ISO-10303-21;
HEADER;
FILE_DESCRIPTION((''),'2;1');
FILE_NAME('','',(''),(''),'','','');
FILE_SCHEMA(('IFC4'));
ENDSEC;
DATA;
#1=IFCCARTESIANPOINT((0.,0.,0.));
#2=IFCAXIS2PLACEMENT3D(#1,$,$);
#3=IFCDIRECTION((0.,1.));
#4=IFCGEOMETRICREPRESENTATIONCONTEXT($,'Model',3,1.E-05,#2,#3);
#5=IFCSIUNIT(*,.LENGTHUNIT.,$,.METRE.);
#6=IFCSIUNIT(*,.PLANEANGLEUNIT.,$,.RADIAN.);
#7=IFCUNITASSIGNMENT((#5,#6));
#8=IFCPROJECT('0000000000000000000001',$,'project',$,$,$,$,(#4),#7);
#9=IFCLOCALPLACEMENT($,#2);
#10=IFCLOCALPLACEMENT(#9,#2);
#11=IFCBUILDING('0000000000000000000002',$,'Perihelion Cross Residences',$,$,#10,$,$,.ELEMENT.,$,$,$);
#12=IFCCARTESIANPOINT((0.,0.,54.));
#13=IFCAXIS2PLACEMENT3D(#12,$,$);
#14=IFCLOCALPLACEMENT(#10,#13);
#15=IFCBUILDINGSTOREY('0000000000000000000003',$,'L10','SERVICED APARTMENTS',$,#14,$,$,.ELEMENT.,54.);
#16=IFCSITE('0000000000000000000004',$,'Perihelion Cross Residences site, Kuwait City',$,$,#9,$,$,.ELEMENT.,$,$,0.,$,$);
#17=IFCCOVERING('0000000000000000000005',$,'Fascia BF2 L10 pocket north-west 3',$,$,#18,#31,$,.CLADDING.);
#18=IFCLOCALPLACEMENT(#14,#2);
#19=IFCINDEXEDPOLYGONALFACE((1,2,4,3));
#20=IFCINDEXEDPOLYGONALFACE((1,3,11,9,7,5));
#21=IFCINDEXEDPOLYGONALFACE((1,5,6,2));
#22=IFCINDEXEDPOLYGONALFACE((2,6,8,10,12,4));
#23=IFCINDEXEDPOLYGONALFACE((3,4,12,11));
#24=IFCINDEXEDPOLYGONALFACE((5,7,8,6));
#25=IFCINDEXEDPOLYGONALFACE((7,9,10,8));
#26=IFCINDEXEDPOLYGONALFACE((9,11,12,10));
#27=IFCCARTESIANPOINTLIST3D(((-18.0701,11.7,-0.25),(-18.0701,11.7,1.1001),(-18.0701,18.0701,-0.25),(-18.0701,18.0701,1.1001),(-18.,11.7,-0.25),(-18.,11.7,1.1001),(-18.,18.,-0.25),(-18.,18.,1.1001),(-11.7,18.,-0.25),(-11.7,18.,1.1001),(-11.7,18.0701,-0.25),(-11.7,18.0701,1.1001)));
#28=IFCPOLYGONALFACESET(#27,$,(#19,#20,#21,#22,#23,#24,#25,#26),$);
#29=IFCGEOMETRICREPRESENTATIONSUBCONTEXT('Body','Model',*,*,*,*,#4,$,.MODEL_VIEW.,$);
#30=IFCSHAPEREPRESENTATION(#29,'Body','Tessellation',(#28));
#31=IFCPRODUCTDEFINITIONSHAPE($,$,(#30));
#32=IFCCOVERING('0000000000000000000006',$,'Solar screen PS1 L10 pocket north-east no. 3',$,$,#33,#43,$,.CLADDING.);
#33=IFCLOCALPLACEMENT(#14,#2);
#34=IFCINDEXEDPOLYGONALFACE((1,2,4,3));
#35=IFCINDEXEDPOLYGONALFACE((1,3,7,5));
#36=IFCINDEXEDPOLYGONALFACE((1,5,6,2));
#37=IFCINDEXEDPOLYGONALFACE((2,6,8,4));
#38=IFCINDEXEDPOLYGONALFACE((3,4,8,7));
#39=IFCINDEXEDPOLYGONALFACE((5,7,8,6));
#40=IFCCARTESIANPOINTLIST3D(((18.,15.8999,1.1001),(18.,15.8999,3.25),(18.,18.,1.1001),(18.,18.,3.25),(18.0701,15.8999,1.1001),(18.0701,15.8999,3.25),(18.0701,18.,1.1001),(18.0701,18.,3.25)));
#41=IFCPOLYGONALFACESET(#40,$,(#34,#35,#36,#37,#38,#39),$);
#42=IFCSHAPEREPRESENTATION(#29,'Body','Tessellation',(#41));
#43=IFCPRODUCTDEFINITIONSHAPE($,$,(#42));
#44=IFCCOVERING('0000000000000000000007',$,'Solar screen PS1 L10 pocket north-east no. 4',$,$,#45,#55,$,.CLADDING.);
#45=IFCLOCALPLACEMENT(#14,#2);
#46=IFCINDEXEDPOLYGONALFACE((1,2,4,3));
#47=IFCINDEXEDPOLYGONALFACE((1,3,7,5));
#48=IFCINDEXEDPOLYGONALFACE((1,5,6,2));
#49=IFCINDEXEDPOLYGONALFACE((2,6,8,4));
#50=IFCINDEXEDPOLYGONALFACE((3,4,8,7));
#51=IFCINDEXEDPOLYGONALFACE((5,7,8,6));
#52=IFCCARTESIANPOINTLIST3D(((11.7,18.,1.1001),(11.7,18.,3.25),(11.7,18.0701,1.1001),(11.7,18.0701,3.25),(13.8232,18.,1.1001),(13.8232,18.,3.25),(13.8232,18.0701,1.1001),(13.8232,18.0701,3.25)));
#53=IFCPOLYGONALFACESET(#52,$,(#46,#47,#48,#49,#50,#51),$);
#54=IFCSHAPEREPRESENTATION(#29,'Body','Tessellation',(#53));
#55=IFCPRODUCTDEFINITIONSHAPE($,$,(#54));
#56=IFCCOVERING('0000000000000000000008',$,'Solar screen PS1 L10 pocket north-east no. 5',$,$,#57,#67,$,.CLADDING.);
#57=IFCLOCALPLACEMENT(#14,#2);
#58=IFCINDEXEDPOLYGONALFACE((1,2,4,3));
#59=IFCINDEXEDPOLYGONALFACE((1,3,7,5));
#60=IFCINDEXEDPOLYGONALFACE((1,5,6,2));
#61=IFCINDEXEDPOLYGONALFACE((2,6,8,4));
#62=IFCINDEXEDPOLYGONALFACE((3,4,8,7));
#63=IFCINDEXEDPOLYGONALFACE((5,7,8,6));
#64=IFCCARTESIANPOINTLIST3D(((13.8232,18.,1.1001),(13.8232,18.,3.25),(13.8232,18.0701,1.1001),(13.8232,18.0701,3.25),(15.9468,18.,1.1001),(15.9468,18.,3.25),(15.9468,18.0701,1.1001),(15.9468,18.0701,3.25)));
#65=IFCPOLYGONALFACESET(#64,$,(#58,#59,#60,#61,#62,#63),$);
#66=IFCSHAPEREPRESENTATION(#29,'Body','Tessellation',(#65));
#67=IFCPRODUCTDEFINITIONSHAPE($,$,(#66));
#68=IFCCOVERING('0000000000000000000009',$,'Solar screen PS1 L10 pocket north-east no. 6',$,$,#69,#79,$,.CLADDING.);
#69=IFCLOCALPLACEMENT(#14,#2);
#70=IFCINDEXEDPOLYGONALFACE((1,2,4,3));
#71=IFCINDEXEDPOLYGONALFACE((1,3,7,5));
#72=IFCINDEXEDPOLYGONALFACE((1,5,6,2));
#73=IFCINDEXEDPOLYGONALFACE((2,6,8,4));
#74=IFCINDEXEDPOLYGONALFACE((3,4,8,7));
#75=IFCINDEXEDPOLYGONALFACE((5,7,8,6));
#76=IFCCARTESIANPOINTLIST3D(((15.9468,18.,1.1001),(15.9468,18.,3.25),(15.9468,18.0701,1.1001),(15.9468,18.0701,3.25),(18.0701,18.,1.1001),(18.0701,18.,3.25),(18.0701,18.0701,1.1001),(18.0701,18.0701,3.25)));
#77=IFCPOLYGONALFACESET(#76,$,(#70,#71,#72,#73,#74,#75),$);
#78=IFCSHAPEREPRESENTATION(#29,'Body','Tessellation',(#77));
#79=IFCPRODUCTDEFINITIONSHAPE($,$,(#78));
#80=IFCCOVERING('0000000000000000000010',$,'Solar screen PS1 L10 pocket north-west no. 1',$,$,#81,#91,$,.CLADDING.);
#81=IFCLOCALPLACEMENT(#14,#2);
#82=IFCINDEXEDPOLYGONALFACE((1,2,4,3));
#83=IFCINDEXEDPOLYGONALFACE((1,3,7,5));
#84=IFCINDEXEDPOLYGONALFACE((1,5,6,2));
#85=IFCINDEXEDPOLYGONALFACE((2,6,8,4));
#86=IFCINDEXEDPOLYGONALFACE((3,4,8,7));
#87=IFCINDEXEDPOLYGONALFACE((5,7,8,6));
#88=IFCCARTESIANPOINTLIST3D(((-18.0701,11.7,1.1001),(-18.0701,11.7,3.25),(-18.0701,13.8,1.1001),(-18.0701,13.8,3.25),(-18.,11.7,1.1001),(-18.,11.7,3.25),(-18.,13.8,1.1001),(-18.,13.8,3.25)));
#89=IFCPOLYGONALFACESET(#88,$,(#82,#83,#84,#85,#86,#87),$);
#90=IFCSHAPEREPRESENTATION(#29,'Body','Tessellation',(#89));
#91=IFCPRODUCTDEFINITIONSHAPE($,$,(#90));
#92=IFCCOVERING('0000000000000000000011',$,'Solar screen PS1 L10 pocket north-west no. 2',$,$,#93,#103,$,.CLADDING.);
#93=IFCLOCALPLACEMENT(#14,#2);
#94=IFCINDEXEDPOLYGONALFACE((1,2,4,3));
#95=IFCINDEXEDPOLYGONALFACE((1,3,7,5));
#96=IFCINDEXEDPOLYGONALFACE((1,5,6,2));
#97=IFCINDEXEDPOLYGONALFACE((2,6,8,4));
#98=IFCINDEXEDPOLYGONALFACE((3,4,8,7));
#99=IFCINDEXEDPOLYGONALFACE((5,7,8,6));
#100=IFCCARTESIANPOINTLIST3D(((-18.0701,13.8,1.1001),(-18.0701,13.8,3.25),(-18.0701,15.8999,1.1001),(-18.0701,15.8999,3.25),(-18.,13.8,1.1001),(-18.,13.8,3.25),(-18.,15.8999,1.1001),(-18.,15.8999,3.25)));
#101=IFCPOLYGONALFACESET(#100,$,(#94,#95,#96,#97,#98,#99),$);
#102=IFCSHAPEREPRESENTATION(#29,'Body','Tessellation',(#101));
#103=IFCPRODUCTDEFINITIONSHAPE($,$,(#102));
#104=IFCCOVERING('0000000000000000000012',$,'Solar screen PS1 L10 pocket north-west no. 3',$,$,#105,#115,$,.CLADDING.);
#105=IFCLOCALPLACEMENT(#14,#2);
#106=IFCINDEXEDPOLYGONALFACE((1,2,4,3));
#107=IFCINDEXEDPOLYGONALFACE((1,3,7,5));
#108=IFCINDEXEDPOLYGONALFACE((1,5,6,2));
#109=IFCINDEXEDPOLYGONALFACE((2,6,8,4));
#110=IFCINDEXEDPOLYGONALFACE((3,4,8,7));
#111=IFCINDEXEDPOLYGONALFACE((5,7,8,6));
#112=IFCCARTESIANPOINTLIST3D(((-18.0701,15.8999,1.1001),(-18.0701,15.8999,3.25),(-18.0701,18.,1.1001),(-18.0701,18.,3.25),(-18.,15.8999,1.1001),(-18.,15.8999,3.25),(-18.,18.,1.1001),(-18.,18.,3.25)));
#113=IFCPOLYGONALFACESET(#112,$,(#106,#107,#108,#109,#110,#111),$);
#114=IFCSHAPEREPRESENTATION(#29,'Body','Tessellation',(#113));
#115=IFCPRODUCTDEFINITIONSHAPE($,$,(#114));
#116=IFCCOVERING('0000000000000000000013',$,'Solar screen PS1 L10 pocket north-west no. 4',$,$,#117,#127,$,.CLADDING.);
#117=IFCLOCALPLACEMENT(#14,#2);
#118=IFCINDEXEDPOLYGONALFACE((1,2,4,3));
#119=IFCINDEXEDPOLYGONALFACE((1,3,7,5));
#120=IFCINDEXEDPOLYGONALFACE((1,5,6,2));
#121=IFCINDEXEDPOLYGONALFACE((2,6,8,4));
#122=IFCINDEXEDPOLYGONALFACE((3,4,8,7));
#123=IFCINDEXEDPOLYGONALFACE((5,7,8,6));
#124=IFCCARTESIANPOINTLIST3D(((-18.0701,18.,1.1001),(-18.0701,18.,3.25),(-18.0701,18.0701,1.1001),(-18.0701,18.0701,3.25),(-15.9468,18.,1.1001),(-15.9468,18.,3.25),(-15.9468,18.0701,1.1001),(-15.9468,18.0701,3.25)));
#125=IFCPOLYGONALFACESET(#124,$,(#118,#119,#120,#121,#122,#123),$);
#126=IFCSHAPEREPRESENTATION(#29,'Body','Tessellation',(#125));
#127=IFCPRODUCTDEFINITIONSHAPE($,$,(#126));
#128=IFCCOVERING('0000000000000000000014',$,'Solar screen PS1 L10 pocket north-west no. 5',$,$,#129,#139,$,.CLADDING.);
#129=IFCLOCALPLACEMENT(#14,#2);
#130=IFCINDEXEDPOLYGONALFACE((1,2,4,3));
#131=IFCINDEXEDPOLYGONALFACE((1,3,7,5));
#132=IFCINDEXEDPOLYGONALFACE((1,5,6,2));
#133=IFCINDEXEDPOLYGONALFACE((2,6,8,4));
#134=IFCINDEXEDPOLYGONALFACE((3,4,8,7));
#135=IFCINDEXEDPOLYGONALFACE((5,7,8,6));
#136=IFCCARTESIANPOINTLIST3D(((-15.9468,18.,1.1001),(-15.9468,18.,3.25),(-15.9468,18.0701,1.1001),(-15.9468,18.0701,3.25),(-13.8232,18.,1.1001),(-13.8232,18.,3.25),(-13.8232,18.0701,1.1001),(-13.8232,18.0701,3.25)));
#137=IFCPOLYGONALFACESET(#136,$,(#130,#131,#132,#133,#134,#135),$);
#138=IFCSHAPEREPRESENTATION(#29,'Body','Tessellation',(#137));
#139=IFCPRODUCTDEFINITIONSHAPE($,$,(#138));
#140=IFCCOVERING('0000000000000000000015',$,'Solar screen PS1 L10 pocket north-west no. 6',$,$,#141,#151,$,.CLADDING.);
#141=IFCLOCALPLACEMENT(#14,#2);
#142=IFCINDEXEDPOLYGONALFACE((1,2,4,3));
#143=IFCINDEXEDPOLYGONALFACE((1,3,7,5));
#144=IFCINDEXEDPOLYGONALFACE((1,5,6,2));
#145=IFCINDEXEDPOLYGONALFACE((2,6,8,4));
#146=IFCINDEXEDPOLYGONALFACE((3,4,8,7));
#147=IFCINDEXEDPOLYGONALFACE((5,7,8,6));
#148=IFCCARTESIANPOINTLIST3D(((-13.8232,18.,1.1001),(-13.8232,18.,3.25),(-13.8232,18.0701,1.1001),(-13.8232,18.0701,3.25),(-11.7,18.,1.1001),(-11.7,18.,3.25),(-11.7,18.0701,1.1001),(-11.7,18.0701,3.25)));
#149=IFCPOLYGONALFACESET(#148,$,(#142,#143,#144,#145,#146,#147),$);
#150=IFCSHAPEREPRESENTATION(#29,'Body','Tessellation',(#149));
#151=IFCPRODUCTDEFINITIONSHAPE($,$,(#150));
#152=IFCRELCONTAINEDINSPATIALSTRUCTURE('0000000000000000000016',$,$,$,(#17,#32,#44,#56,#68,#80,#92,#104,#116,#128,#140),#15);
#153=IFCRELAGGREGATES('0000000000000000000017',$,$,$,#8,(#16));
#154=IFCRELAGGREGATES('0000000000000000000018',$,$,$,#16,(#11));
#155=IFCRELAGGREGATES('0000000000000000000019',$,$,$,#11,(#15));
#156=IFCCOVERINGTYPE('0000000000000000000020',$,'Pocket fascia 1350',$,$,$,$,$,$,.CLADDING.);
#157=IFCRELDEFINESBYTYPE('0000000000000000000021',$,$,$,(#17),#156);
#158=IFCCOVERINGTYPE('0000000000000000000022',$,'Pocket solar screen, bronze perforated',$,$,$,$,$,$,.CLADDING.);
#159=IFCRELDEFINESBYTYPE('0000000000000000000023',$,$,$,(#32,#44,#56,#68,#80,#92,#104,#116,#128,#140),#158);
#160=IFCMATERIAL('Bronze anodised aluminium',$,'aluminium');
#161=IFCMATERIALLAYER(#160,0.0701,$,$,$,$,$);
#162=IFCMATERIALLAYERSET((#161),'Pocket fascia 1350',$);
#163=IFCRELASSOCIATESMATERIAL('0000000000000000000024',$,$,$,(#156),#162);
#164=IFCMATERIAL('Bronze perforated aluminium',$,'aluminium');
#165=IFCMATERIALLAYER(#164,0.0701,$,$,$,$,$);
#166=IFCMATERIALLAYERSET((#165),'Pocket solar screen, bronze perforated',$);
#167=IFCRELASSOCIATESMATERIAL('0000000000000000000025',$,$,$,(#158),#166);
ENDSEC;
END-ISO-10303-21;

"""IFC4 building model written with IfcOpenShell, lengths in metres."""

from ifc_helpers import new_model, si_unit, direction, frame, origin, place, context, subcontext, project, spatial, polyline, outline, extrude, material, layer, layer_set, type_object, element, save


model = new_model("IFC4")

# Units and contexts
model_context = context("Model", 3, precision=1e-05, world=origin(), true_north=direction((0.0, 1.0)))
body_context = subcontext(model_context, "Body", "Model", "MODEL_VIEW")
ifc_project = project(units=[si_unit("LENGTHUNIT", "METRE"), si_unit("PLANEANGLEUNIT", "RADIAN")], contexts=[model_context])

# Site, building, storey
site_placement = place(None, origin())
site = spatial("IfcSite", under=ifc_project, at=site_placement, Name="Perihelion Cross Residences site, Kuwait City", CompositionType="ELEMENT", RefElevation=0.0)
building_placement = place(site_placement, origin())
building = spatial("IfcBuilding", under=site, at=building_placement, Name="Perihelion Cross Residences", CompositionType="ELEMENT")
storey_placement = place(building_placement, frame((0.0, 0.0, 54.0)))
storey = spatial("IfcBuildingStorey", under=building, at=storey_placement, Name="L10", Description="SERVICED APARTMENTS", CompositionType="ELEMENT", Elevation=54.0)

# Coverings
ifc_material_1 = material(Name="Bronze anodised aluminium", Category="aluminium")
ifc_layer_1 = layer(ifc_material_1, 0.0701)
ifc_layer_set_1 = layer_set([ifc_layer_1], Name="Pocket fascia 1350")
covering_type_1 = type_object("IfcCoveringType", Name="Pocket fascia 1350", PredefinedType="CLADDING", material=ifc_layer_set_1)
covering_1_placement = place(storey_placement, frame((0.0, 0.0, -0.25)))
element("IfcCovering", 1, at=covering_1_placement, inside=storey, type_object=covering_type_1, Name="Fascia BF2 L10 pocket north-west 3", PredefinedType="CLADDING", context=body_context, shape_type="SweptSolid", body=[
    extrude(outline(polyline([(-18.0701, 18.0701), (-18.0701, 11.7), (-18.0, 11.7), (-18.0, 18.0), (-11.7, 18.0), (-11.7, 18.0701), (-18.0701, 18.0701)])), origin(), (0.0, 0.0, 1.0), 1.3501),
])
ifc_material_2 = material(Name="Bronze perforated aluminium", Category="aluminium")
ifc_layer_2 = layer(ifc_material_2, 0.0701)
ifc_layer_set_2 = layer_set([ifc_layer_2], Name="Pocket solar screen, bronze perforated")
covering_type_2 = type_object("IfcCoveringType", Name="Pocket solar screen, bronze perforated", PredefinedType="CLADDING", material=ifc_layer_set_2)
covering_2_placement = place(storey_placement, frame((0.0, 0.0, 1.1001)))
element("IfcCovering", 2, at=covering_2_placement, inside=storey, type_object=covering_type_2, Name="Solar screen PS1 L10 pocket north-east no. 3", PredefinedType="CLADDING", context=body_context, shape_type="SweptSolid", body=[
    extrude(outline(polyline([(18.0701, 15.8999), (18.0701, 18.0), (18.0, 18.0), (18.0, 15.8999), (18.0701, 15.8999)])), origin(), (0.0, 0.0, 1.0), 2.1499),
])
covering_3_placement = place(storey_placement, frame((0.0, 0.0, 1.1001)))
element("IfcCovering", 3, at=covering_3_placement, inside=storey, type_object=covering_type_2, Name="Solar screen PS1 L10 pocket north-east no. 4", PredefinedType="CLADDING", context=body_context, shape_type="SweptSolid", body=[
    extrude(outline(polyline([(13.8232, 18.0), (13.8232, 18.0701), (11.7, 18.0701), (11.7, 18.0), (13.8232, 18.0)])), origin(), (0.0, 0.0, 1.0), 2.1499),
])
covering_4_placement = place(storey_placement, frame((0.0, 0.0, 1.1001)))
element("IfcCovering", 4, at=covering_4_placement, inside=storey, type_object=covering_type_2, Name="Solar screen PS1 L10 pocket north-east no. 5", PredefinedType="CLADDING", context=body_context, shape_type="SweptSolid", body=[
    extrude(outline(polyline([(15.9468, 18.0), (15.9468, 18.0701), (13.8232, 18.0701), (13.8232, 18.0), (15.9468, 18.0)])), origin(), (0.0, 0.0, 1.0), 2.1499),
])
covering_5_placement = place(storey_placement, frame((0.0, 0.0, 1.1001)))
element("IfcCovering", 5, at=covering_5_placement, inside=storey, type_object=covering_type_2, Name="Solar screen PS1 L10 pocket north-east no. 6", PredefinedType="CLADDING", context=body_context, shape_type="SweptSolid", body=[
    extrude(outline(polyline([(18.0701, 18.0), (18.0701, 18.0701), (15.9468, 18.0701), (15.9468, 18.0), (18.0701, 18.0)])), origin(), (0.0, 0.0, 1.0), 2.1499),
])
covering_6_placement = place(storey_placement, frame((0.0, 0.0, 1.1001)))
element("IfcCovering", 6, at=covering_6_placement, inside=storey, type_object=covering_type_2, Name="Solar screen PS1 L10 pocket north-west no. 1", PredefinedType="CLADDING", context=body_context, shape_type="SweptSolid", body=[
    extrude(outline(polyline([(-18.0, 11.7), (-18.0, 13.8), (-18.0701, 13.8), (-18.0701, 11.7), (-18.0, 11.7)])), origin(), (0.0, 0.0, 1.0), 2.1499),
])
covering_7_placement = place(storey_placement, frame((0.0, 0.0, 1.1001)))
element("IfcCovering", 7, at=covering_7_placement, inside=storey, type_object=covering_type_2, Name="Solar screen PS1 L10 pocket north-west no. 2", PredefinedType="CLADDING", context=body_context, shape_type="SweptSolid", body=[
    extrude(outline(polyline([(-18.0, 13.8), (-18.0, 15.8999), (-18.0701, 15.8999), (-18.0701, 13.8), (-18.0, 13.8)])), origin(), (0.0, 0.0, 1.0), 2.1499),
])
covering_8_placement = place(storey_placement, frame((0.0, 0.0, 1.1001)))
element("IfcCovering", 8, at=covering_8_placement, inside=storey, type_object=covering_type_2, Name="Solar screen PS1 L10 pocket north-west no. 3", PredefinedType="CLADDING", context=body_context, shape_type="SweptSolid", body=[
    extrude(outline(polyline([(-18.0, 15.8999), (-18.0, 18.0), (-18.0701, 18.0), (-18.0701, 15.8999), (-18.0, 15.8999)])), origin(), (0.0, 0.0, 1.0), 2.1499),
])
covering_9_placement = place(storey_placement, frame((0.0, 0.0, 1.1001)))
element("IfcCovering", 9, at=covering_9_placement, inside=storey, type_object=covering_type_2, Name="Solar screen PS1 L10 pocket north-west no. 4", PredefinedType="CLADDING", context=body_context, shape_type="SweptSolid", body=[
    extrude(outline(polyline([(-15.9468, 18.0), (-15.9468, 18.0701), (-18.0701, 18.0701), (-18.0701, 18.0), (-15.9468, 18.0)])), origin(), (0.0, 0.0, 1.0), 2.1499),
])
covering_10_placement = place(storey_placement, frame((0.0, 0.0, 1.1001)))
element("IfcCovering", 10, at=covering_10_placement, inside=storey, type_object=covering_type_2, Name="Solar screen PS1 L10 pocket north-west no. 5", PredefinedType="CLADDING", context=body_context, shape_type="SweptSolid", body=[
    extrude(outline(polyline([(-13.8232, 18.0), (-13.8232, 18.0701), (-15.9468, 18.0701), (-15.9468, 18.0), (-13.8232, 18.0)])), origin(), (0.0, 0.0, 1.0), 2.1499),
])
covering_11_placement = place(storey_placement, frame((0.0, 0.0, 1.1001)))
element("IfcCovering", 11, at=covering_11_placement, inside=storey, type_object=covering_type_2, Name="Solar screen PS1 L10 pocket north-west no. 6", PredefinedType="CLADDING", context=body_context, shape_type="SweptSolid", body=[
    extrude(outline(polyline([(-11.7, 18.0), (-11.7, 18.0701), (-13.8232, 18.0701), (-13.8232, 18.0), (-11.7, 18.0)])), origin(), (0.0, 0.0, 1.0), 2.1499),
])

save(model, "model.ifc")
